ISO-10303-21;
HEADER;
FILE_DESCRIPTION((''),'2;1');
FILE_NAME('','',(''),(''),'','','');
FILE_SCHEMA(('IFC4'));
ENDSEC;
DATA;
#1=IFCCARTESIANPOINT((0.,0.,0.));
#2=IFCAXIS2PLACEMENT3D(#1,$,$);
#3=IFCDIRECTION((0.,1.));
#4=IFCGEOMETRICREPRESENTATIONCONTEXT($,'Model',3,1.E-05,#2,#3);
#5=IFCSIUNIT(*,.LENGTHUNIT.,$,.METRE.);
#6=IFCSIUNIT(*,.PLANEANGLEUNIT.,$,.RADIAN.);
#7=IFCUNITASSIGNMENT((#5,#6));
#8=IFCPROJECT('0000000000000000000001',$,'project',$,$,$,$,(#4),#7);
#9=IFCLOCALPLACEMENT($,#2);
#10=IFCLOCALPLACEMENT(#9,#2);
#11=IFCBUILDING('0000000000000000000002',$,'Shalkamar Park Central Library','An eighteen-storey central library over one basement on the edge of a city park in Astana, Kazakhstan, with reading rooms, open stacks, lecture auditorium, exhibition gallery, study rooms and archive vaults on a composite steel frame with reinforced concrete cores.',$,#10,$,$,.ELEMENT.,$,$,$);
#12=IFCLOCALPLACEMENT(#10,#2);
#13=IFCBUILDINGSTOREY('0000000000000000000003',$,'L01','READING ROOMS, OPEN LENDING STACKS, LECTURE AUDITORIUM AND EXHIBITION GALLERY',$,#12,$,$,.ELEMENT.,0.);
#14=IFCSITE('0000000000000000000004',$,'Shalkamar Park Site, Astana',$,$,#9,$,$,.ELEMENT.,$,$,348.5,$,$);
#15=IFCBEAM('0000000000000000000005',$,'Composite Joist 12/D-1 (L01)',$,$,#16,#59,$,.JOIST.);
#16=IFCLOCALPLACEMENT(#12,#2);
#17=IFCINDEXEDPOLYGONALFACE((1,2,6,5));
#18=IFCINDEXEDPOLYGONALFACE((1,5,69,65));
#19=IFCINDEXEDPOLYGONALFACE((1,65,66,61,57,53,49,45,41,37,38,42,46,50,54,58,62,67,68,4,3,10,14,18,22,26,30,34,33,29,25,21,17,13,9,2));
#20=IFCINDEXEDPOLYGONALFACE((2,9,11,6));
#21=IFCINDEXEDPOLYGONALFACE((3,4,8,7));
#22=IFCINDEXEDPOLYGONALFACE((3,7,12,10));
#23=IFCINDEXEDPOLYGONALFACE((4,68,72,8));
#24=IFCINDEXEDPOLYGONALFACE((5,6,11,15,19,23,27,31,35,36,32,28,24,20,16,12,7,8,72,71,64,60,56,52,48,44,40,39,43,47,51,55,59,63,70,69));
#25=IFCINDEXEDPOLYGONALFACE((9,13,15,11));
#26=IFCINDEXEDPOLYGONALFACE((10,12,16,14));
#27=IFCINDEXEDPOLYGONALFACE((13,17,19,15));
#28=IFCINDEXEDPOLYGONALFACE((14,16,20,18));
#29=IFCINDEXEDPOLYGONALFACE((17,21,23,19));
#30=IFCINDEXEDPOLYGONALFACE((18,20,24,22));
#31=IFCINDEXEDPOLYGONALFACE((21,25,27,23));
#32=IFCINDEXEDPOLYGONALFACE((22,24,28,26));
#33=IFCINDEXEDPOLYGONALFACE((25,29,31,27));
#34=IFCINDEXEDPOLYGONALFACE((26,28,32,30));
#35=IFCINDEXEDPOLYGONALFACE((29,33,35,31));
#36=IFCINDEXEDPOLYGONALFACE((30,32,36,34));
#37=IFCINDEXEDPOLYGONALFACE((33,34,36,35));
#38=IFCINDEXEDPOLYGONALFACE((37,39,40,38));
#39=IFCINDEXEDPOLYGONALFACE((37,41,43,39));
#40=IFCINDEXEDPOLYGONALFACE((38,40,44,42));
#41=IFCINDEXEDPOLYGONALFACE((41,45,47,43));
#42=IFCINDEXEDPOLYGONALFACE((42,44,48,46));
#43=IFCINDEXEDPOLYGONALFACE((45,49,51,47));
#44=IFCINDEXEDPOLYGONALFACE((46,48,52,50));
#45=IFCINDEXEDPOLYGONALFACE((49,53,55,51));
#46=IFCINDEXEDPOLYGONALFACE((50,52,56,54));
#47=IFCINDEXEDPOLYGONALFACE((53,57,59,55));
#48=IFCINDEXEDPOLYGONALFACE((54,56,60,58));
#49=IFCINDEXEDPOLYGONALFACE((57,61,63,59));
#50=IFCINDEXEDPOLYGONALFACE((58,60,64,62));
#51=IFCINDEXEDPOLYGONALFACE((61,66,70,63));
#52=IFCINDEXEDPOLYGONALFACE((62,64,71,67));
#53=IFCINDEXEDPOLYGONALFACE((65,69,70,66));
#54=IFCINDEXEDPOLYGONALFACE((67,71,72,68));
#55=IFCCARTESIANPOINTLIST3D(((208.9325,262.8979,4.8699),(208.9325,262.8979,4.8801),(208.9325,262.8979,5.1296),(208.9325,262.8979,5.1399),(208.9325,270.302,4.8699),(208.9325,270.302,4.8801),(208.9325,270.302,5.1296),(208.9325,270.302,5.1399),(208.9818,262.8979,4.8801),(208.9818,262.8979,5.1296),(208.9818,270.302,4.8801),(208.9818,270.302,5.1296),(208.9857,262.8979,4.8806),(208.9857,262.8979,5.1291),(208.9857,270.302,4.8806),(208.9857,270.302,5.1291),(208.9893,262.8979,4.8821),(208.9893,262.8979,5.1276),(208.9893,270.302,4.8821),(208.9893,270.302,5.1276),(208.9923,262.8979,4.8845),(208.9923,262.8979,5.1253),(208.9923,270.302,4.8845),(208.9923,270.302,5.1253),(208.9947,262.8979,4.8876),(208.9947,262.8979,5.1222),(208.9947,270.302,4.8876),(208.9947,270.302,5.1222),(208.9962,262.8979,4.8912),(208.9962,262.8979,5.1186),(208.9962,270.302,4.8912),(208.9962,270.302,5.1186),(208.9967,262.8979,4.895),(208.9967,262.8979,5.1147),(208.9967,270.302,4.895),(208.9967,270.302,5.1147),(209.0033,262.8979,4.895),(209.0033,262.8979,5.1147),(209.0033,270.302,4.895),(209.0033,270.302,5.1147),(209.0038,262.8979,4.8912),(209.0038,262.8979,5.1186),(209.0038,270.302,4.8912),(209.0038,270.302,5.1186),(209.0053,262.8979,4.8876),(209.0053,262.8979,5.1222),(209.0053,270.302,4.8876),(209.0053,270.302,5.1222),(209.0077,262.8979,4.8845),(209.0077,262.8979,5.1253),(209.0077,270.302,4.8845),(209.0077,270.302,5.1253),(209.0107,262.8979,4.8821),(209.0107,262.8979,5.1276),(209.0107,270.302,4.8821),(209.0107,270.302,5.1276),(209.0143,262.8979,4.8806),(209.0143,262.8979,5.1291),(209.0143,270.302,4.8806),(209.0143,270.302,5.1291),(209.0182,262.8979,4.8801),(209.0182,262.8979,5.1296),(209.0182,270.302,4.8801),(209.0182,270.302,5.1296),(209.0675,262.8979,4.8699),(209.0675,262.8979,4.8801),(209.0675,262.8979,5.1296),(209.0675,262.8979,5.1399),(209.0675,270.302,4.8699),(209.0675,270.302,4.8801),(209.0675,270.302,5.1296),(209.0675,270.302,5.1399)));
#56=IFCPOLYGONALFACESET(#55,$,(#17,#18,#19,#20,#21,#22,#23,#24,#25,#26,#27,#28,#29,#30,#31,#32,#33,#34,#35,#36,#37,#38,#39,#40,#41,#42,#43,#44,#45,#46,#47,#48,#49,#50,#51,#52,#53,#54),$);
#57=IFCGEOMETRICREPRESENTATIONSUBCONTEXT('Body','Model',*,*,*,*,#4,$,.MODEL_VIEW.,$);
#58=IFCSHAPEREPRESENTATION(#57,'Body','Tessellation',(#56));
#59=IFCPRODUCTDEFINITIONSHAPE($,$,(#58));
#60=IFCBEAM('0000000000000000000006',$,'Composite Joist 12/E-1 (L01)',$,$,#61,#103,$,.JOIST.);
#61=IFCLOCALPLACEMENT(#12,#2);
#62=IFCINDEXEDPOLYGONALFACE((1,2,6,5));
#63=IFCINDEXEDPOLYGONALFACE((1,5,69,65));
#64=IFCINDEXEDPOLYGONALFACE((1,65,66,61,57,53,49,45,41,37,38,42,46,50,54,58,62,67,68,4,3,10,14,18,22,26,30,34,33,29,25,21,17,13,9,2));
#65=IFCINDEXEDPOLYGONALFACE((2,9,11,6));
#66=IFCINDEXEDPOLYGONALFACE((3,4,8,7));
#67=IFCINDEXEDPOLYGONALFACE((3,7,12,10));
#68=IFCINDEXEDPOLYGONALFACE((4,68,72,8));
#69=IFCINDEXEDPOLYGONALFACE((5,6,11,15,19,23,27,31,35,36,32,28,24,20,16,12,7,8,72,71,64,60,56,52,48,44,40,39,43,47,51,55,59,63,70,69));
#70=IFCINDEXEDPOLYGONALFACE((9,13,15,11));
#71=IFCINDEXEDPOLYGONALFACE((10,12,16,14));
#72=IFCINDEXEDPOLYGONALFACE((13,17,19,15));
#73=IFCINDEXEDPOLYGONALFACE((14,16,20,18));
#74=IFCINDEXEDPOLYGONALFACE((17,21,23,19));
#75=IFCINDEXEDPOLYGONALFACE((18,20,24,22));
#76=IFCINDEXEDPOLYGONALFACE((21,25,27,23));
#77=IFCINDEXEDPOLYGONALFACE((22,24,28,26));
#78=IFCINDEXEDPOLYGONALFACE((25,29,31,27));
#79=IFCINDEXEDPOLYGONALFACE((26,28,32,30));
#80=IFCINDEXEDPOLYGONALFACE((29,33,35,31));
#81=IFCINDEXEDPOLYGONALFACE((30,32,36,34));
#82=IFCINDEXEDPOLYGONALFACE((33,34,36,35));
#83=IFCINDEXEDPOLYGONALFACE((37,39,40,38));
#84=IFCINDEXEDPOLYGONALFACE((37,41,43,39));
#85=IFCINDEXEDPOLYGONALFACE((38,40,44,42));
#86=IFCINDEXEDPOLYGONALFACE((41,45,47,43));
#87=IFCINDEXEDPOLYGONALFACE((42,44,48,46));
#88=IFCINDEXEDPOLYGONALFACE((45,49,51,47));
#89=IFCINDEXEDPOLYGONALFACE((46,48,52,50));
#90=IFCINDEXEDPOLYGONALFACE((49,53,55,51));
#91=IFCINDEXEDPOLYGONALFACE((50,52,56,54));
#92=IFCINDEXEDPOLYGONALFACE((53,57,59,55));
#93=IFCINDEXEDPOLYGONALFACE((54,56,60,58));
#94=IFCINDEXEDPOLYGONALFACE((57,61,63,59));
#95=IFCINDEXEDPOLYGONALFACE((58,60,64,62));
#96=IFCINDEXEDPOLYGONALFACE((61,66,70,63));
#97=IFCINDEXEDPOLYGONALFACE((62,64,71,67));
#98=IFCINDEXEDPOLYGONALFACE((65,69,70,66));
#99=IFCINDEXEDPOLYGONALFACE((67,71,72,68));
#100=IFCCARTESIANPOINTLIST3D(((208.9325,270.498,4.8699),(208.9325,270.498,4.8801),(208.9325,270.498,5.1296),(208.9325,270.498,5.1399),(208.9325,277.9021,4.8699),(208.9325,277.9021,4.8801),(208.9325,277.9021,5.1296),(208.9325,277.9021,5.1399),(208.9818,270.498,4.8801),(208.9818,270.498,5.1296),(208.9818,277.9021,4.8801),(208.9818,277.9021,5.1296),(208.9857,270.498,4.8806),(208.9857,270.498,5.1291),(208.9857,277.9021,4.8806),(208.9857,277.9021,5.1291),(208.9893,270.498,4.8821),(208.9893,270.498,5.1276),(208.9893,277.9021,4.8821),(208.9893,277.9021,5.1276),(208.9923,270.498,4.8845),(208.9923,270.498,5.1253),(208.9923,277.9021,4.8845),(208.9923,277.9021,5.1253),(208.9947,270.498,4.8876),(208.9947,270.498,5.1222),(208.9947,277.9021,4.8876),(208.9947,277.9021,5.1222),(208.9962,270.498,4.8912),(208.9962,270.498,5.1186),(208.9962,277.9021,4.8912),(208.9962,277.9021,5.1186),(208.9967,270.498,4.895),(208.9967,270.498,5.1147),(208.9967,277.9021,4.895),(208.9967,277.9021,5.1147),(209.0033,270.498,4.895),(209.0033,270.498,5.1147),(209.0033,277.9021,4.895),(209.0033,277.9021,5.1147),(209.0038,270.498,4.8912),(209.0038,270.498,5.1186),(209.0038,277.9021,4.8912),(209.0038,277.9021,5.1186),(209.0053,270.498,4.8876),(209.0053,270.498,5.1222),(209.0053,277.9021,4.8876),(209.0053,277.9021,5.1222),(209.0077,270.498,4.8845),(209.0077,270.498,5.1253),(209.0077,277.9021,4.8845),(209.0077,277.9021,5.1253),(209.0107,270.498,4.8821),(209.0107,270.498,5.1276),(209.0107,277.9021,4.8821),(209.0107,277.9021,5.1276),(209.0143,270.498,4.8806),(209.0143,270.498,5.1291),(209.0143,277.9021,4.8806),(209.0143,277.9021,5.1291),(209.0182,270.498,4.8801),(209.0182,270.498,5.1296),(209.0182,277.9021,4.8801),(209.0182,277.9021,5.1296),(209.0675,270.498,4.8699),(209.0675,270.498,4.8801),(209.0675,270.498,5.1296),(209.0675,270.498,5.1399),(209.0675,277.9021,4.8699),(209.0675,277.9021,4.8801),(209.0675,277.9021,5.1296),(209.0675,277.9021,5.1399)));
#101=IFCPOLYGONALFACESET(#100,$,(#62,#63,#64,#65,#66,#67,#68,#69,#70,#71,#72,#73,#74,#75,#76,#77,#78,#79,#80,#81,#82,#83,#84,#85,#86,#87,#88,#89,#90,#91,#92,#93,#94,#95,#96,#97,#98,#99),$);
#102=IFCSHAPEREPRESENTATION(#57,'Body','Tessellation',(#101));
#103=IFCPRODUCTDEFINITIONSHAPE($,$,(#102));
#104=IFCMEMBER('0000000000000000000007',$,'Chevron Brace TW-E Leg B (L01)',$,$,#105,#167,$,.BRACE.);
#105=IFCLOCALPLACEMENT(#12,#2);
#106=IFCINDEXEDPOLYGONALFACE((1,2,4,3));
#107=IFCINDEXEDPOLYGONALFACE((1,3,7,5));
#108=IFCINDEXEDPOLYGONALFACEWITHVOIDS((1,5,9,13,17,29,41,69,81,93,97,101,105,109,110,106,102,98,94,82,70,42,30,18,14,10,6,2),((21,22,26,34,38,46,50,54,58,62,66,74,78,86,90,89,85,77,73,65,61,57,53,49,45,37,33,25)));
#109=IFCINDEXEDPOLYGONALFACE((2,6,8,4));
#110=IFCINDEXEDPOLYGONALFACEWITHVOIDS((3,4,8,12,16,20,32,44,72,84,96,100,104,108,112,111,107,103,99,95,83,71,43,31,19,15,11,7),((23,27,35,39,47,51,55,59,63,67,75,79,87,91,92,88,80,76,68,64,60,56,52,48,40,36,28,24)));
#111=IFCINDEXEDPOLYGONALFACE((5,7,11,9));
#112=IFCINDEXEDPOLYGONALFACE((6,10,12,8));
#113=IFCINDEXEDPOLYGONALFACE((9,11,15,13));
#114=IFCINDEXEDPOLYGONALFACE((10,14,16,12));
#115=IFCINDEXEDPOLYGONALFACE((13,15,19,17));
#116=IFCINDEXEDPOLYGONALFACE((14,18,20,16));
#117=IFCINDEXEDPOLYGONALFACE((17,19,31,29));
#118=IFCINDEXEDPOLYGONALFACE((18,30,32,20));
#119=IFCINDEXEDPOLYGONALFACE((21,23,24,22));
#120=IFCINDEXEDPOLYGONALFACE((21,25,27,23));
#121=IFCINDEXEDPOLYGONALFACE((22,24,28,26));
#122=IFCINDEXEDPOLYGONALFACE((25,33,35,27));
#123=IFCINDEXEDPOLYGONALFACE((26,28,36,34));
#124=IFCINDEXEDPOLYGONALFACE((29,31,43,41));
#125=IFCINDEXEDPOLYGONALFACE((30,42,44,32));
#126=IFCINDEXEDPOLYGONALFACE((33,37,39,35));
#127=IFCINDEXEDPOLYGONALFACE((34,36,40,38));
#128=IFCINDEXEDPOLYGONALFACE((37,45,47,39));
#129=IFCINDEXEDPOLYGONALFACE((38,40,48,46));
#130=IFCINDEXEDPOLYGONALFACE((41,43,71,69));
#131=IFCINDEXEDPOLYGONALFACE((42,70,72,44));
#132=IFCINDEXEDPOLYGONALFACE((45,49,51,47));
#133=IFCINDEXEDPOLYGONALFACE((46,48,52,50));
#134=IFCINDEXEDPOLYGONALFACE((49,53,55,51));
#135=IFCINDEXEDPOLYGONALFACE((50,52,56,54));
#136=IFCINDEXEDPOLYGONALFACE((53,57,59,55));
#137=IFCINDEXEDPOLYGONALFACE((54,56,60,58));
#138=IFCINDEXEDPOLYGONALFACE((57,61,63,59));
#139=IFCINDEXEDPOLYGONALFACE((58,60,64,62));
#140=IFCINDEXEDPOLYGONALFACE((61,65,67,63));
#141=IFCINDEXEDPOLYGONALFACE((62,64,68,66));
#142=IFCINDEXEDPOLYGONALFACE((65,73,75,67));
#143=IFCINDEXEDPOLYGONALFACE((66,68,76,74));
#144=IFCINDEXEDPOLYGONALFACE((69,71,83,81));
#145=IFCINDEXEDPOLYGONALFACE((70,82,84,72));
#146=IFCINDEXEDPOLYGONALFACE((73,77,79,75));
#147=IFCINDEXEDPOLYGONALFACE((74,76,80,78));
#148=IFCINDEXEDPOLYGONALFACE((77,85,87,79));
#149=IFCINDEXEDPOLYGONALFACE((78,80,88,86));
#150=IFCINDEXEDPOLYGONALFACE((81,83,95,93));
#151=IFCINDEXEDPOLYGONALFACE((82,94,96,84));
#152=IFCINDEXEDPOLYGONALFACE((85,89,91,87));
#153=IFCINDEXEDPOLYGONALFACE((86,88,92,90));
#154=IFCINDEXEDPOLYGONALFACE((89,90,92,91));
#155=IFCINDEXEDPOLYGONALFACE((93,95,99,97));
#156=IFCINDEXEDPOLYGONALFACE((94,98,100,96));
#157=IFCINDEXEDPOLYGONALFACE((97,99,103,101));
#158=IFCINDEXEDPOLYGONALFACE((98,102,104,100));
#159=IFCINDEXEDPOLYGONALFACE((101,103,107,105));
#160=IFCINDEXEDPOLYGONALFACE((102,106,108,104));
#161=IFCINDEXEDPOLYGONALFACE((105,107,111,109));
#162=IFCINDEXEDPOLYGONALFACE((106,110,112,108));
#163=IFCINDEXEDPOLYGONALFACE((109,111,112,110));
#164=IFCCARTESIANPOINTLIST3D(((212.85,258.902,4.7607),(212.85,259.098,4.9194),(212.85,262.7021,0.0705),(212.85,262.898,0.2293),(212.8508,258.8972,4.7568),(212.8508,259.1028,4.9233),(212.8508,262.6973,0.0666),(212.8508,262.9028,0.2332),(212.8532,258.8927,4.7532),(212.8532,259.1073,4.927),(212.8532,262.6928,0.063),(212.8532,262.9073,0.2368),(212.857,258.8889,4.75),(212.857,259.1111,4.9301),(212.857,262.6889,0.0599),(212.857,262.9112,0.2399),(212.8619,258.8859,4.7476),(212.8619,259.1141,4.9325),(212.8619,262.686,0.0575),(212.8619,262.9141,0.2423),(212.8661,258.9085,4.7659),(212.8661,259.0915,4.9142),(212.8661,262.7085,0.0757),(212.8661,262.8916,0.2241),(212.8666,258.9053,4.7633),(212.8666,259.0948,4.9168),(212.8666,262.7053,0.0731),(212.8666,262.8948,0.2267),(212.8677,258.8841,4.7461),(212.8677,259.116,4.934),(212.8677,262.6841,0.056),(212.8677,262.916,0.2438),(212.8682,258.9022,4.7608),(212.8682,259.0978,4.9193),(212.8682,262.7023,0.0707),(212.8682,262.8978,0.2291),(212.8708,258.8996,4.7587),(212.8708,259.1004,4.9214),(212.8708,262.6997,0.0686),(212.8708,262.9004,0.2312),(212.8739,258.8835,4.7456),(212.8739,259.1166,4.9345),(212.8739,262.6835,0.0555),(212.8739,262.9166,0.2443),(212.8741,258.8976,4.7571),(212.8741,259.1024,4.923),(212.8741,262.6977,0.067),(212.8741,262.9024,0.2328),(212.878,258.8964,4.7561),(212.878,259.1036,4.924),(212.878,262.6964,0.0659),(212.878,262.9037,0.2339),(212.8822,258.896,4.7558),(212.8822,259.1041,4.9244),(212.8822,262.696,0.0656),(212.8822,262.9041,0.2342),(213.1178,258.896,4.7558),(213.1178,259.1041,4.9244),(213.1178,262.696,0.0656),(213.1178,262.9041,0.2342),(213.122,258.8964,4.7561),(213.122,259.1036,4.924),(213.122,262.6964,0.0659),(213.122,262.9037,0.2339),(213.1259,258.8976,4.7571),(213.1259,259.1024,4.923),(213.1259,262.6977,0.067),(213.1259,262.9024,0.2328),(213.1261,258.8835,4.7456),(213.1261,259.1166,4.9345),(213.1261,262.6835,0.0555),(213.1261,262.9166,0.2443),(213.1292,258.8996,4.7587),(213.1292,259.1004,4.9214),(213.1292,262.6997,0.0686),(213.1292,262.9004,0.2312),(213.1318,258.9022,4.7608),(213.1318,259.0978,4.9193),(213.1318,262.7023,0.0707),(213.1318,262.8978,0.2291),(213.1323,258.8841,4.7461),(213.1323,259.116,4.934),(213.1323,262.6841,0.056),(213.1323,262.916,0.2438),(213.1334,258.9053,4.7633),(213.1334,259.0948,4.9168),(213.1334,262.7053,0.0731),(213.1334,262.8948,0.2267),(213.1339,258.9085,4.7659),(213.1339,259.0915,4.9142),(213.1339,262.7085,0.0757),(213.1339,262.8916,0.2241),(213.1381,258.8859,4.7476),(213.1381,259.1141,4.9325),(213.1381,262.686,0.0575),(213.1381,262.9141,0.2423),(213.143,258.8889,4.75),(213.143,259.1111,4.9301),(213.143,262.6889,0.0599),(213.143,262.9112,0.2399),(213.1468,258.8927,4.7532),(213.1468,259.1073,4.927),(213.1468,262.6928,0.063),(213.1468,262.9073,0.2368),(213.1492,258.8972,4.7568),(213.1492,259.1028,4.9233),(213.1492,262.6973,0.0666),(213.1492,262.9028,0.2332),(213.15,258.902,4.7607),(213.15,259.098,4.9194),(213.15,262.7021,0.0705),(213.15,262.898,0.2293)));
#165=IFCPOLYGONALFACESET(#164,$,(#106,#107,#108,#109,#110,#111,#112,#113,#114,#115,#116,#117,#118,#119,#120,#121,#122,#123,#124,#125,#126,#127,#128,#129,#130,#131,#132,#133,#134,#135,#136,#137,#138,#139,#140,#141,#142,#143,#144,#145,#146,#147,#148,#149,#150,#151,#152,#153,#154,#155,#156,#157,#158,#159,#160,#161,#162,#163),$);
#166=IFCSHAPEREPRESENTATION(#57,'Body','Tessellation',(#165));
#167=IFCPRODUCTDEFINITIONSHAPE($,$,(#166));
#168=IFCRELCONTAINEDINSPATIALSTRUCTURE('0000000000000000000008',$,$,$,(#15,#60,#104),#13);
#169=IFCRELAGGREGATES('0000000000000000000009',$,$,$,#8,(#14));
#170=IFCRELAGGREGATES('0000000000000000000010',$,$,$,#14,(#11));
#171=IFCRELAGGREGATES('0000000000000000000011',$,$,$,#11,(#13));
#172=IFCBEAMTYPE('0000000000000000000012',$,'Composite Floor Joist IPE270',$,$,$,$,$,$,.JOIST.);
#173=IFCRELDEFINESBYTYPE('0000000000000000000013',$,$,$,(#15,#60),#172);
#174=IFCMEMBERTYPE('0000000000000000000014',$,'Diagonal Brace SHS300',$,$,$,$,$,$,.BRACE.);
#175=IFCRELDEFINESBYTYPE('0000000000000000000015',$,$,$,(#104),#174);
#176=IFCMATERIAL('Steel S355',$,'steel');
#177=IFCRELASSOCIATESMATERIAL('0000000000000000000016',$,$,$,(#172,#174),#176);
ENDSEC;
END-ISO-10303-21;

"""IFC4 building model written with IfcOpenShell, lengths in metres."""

from ifc_helpers import new_model, si_unit, direction, frame, origin, origin_2d, place, context, subcontext, project, spatial, hollow_rectangle, i_section, extrude, material, material_profile, profile_set, type_object, element, save


model = new_model("IFC4")

# Units and contexts
model_context = context("Model", 3, precision=1e-05, world=origin(), true_north=direction((0.0, 1.0)))
body_context = subcontext(model_context, "Body", "Model", "MODEL_VIEW")
ifc_project = project(units=[si_unit("LENGTHUNIT", "METRE"), si_unit("PLANEANGLEUNIT", "RADIAN")], contexts=[model_context])

# Site, building, storey
site_placement = place(None, origin())
site = spatial("IfcSite", under=ifc_project, at=site_placement, Name="Shalkamar Park Site, Astana", CompositionType="ELEMENT", RefElevation=348.5)
building_placement = place(site_placement, origin())
building = spatial("IfcBuilding", under=site, at=building_placement, Name="Shalkamar Park Central Library", Description="An eighteen-storey central library over one basement on the edge of a city park in Astana, Kazakhstan, with reading rooms, open stacks, lecture auditorium, exhibition gallery, study rooms and archive vaults on a composite steel frame with reinforced concrete cores.", CompositionType="ELEMENT")
storey_placement = place(building_placement, origin())
storey = spatial("IfcBuildingStorey", under=building, at=storey_placement, Name="L01", Description="READING ROOMS, OPEN LENDING STACKS, LECTURE AUDITORIUM AND EXHIBITION GALLERY", CompositionType="ELEMENT", Elevation=0.0)

# Shared definitions
ifc_material = material(Name="Steel S355", Category="steel")

# Beams
ifc_material_profile_1 = material_profile(ifc_material, i_section(OverallWidth=0.135, OverallDepth=0.27, WebThickness=0.0066, FlangeThickness=0.0103, FilletRadius=0.0149, at=origin_2d()), Name="IPE 270")
ifc_profile_set_1 = profile_set([ifc_material_profile_1], Name="Steel S355")
beam_type_1 = type_object("IfcBeamType", Name="Composite Floor Joist IPE270", PredefinedType="JOIST", material=ifc_profile_set_1)
for number, where, z_axis, x_axis, name in (
    (1, (209.0, 262.8979, 5.0049), (0.0, 1.0, 0.0), (-1.0, 0.0, 0.0), "Composite Joist 12/D-1 (L01)"),
    (2, (209.0, 270.498, 5.0049), (0.0, 1.0, 0.0), (-1.0, 0.0, 0.0), "Composite Joist 12/E-1 (L01)"),
):
    element("IfcBeam", number, at=place(storey_placement, frame(where, z_axis=z_axis, x_axis=x_axis)), inside=storey, type_object=beam_type_1, Name=name, PredefinedType="JOIST", context=body_context, shape_type="SweptSolid", body=[
        extrude(i_section(OverallWidth=0.135, OverallDepth=0.27, WebThickness=0.0066, FlangeThickness=0.0103, FilletRadius=0.0149, at=origin_2d()), origin(), (0.0, 0.0, 1.0), 7.4041),
    ])

# Member
ifc_material_profile_2 = material_profile(ifc_material, hollow_rectangle(XDim=0.3, YDim=0.3, WallThickness=0.0161, InnerFilletRadius=0.0161, OuterFilletRadius=0.0239, at=origin_2d()), Name="SHS 300x300x16")
ifc_profile_set_2 = profile_set([ifc_material_profile_2], Name="Steel S355")
member_type = type_object("IfcMemberType", Name="Diagonal Brace SHS300", PredefinedType="BRACE", material=ifc_profile_set_2)
member_placement = place(storey_placement, frame((213.0, 262.8, 0.1499), z_axis=(0.0, -0.629522, 0.776983), x_axis=(1.0, 0.0, 0.0)))
element("IfcMember", 3, at=member_placement, inside=storey, type_object=member_type, Name="Chevron Brace TW-E Leg B (L01)", PredefinedType="BRACE", context=body_context, shape_type="SweptSolid", body=[
    extrude(hollow_rectangle(XDim=0.3, YDim=0.3, WallThickness=0.0161, InnerFilletRadius=0.0161, OuterFilletRadius=0.0239, at=origin_2d()), origin(), (0.0, 0.0, 1.0), 6.0364),
])

save(model, "model.ifc")
